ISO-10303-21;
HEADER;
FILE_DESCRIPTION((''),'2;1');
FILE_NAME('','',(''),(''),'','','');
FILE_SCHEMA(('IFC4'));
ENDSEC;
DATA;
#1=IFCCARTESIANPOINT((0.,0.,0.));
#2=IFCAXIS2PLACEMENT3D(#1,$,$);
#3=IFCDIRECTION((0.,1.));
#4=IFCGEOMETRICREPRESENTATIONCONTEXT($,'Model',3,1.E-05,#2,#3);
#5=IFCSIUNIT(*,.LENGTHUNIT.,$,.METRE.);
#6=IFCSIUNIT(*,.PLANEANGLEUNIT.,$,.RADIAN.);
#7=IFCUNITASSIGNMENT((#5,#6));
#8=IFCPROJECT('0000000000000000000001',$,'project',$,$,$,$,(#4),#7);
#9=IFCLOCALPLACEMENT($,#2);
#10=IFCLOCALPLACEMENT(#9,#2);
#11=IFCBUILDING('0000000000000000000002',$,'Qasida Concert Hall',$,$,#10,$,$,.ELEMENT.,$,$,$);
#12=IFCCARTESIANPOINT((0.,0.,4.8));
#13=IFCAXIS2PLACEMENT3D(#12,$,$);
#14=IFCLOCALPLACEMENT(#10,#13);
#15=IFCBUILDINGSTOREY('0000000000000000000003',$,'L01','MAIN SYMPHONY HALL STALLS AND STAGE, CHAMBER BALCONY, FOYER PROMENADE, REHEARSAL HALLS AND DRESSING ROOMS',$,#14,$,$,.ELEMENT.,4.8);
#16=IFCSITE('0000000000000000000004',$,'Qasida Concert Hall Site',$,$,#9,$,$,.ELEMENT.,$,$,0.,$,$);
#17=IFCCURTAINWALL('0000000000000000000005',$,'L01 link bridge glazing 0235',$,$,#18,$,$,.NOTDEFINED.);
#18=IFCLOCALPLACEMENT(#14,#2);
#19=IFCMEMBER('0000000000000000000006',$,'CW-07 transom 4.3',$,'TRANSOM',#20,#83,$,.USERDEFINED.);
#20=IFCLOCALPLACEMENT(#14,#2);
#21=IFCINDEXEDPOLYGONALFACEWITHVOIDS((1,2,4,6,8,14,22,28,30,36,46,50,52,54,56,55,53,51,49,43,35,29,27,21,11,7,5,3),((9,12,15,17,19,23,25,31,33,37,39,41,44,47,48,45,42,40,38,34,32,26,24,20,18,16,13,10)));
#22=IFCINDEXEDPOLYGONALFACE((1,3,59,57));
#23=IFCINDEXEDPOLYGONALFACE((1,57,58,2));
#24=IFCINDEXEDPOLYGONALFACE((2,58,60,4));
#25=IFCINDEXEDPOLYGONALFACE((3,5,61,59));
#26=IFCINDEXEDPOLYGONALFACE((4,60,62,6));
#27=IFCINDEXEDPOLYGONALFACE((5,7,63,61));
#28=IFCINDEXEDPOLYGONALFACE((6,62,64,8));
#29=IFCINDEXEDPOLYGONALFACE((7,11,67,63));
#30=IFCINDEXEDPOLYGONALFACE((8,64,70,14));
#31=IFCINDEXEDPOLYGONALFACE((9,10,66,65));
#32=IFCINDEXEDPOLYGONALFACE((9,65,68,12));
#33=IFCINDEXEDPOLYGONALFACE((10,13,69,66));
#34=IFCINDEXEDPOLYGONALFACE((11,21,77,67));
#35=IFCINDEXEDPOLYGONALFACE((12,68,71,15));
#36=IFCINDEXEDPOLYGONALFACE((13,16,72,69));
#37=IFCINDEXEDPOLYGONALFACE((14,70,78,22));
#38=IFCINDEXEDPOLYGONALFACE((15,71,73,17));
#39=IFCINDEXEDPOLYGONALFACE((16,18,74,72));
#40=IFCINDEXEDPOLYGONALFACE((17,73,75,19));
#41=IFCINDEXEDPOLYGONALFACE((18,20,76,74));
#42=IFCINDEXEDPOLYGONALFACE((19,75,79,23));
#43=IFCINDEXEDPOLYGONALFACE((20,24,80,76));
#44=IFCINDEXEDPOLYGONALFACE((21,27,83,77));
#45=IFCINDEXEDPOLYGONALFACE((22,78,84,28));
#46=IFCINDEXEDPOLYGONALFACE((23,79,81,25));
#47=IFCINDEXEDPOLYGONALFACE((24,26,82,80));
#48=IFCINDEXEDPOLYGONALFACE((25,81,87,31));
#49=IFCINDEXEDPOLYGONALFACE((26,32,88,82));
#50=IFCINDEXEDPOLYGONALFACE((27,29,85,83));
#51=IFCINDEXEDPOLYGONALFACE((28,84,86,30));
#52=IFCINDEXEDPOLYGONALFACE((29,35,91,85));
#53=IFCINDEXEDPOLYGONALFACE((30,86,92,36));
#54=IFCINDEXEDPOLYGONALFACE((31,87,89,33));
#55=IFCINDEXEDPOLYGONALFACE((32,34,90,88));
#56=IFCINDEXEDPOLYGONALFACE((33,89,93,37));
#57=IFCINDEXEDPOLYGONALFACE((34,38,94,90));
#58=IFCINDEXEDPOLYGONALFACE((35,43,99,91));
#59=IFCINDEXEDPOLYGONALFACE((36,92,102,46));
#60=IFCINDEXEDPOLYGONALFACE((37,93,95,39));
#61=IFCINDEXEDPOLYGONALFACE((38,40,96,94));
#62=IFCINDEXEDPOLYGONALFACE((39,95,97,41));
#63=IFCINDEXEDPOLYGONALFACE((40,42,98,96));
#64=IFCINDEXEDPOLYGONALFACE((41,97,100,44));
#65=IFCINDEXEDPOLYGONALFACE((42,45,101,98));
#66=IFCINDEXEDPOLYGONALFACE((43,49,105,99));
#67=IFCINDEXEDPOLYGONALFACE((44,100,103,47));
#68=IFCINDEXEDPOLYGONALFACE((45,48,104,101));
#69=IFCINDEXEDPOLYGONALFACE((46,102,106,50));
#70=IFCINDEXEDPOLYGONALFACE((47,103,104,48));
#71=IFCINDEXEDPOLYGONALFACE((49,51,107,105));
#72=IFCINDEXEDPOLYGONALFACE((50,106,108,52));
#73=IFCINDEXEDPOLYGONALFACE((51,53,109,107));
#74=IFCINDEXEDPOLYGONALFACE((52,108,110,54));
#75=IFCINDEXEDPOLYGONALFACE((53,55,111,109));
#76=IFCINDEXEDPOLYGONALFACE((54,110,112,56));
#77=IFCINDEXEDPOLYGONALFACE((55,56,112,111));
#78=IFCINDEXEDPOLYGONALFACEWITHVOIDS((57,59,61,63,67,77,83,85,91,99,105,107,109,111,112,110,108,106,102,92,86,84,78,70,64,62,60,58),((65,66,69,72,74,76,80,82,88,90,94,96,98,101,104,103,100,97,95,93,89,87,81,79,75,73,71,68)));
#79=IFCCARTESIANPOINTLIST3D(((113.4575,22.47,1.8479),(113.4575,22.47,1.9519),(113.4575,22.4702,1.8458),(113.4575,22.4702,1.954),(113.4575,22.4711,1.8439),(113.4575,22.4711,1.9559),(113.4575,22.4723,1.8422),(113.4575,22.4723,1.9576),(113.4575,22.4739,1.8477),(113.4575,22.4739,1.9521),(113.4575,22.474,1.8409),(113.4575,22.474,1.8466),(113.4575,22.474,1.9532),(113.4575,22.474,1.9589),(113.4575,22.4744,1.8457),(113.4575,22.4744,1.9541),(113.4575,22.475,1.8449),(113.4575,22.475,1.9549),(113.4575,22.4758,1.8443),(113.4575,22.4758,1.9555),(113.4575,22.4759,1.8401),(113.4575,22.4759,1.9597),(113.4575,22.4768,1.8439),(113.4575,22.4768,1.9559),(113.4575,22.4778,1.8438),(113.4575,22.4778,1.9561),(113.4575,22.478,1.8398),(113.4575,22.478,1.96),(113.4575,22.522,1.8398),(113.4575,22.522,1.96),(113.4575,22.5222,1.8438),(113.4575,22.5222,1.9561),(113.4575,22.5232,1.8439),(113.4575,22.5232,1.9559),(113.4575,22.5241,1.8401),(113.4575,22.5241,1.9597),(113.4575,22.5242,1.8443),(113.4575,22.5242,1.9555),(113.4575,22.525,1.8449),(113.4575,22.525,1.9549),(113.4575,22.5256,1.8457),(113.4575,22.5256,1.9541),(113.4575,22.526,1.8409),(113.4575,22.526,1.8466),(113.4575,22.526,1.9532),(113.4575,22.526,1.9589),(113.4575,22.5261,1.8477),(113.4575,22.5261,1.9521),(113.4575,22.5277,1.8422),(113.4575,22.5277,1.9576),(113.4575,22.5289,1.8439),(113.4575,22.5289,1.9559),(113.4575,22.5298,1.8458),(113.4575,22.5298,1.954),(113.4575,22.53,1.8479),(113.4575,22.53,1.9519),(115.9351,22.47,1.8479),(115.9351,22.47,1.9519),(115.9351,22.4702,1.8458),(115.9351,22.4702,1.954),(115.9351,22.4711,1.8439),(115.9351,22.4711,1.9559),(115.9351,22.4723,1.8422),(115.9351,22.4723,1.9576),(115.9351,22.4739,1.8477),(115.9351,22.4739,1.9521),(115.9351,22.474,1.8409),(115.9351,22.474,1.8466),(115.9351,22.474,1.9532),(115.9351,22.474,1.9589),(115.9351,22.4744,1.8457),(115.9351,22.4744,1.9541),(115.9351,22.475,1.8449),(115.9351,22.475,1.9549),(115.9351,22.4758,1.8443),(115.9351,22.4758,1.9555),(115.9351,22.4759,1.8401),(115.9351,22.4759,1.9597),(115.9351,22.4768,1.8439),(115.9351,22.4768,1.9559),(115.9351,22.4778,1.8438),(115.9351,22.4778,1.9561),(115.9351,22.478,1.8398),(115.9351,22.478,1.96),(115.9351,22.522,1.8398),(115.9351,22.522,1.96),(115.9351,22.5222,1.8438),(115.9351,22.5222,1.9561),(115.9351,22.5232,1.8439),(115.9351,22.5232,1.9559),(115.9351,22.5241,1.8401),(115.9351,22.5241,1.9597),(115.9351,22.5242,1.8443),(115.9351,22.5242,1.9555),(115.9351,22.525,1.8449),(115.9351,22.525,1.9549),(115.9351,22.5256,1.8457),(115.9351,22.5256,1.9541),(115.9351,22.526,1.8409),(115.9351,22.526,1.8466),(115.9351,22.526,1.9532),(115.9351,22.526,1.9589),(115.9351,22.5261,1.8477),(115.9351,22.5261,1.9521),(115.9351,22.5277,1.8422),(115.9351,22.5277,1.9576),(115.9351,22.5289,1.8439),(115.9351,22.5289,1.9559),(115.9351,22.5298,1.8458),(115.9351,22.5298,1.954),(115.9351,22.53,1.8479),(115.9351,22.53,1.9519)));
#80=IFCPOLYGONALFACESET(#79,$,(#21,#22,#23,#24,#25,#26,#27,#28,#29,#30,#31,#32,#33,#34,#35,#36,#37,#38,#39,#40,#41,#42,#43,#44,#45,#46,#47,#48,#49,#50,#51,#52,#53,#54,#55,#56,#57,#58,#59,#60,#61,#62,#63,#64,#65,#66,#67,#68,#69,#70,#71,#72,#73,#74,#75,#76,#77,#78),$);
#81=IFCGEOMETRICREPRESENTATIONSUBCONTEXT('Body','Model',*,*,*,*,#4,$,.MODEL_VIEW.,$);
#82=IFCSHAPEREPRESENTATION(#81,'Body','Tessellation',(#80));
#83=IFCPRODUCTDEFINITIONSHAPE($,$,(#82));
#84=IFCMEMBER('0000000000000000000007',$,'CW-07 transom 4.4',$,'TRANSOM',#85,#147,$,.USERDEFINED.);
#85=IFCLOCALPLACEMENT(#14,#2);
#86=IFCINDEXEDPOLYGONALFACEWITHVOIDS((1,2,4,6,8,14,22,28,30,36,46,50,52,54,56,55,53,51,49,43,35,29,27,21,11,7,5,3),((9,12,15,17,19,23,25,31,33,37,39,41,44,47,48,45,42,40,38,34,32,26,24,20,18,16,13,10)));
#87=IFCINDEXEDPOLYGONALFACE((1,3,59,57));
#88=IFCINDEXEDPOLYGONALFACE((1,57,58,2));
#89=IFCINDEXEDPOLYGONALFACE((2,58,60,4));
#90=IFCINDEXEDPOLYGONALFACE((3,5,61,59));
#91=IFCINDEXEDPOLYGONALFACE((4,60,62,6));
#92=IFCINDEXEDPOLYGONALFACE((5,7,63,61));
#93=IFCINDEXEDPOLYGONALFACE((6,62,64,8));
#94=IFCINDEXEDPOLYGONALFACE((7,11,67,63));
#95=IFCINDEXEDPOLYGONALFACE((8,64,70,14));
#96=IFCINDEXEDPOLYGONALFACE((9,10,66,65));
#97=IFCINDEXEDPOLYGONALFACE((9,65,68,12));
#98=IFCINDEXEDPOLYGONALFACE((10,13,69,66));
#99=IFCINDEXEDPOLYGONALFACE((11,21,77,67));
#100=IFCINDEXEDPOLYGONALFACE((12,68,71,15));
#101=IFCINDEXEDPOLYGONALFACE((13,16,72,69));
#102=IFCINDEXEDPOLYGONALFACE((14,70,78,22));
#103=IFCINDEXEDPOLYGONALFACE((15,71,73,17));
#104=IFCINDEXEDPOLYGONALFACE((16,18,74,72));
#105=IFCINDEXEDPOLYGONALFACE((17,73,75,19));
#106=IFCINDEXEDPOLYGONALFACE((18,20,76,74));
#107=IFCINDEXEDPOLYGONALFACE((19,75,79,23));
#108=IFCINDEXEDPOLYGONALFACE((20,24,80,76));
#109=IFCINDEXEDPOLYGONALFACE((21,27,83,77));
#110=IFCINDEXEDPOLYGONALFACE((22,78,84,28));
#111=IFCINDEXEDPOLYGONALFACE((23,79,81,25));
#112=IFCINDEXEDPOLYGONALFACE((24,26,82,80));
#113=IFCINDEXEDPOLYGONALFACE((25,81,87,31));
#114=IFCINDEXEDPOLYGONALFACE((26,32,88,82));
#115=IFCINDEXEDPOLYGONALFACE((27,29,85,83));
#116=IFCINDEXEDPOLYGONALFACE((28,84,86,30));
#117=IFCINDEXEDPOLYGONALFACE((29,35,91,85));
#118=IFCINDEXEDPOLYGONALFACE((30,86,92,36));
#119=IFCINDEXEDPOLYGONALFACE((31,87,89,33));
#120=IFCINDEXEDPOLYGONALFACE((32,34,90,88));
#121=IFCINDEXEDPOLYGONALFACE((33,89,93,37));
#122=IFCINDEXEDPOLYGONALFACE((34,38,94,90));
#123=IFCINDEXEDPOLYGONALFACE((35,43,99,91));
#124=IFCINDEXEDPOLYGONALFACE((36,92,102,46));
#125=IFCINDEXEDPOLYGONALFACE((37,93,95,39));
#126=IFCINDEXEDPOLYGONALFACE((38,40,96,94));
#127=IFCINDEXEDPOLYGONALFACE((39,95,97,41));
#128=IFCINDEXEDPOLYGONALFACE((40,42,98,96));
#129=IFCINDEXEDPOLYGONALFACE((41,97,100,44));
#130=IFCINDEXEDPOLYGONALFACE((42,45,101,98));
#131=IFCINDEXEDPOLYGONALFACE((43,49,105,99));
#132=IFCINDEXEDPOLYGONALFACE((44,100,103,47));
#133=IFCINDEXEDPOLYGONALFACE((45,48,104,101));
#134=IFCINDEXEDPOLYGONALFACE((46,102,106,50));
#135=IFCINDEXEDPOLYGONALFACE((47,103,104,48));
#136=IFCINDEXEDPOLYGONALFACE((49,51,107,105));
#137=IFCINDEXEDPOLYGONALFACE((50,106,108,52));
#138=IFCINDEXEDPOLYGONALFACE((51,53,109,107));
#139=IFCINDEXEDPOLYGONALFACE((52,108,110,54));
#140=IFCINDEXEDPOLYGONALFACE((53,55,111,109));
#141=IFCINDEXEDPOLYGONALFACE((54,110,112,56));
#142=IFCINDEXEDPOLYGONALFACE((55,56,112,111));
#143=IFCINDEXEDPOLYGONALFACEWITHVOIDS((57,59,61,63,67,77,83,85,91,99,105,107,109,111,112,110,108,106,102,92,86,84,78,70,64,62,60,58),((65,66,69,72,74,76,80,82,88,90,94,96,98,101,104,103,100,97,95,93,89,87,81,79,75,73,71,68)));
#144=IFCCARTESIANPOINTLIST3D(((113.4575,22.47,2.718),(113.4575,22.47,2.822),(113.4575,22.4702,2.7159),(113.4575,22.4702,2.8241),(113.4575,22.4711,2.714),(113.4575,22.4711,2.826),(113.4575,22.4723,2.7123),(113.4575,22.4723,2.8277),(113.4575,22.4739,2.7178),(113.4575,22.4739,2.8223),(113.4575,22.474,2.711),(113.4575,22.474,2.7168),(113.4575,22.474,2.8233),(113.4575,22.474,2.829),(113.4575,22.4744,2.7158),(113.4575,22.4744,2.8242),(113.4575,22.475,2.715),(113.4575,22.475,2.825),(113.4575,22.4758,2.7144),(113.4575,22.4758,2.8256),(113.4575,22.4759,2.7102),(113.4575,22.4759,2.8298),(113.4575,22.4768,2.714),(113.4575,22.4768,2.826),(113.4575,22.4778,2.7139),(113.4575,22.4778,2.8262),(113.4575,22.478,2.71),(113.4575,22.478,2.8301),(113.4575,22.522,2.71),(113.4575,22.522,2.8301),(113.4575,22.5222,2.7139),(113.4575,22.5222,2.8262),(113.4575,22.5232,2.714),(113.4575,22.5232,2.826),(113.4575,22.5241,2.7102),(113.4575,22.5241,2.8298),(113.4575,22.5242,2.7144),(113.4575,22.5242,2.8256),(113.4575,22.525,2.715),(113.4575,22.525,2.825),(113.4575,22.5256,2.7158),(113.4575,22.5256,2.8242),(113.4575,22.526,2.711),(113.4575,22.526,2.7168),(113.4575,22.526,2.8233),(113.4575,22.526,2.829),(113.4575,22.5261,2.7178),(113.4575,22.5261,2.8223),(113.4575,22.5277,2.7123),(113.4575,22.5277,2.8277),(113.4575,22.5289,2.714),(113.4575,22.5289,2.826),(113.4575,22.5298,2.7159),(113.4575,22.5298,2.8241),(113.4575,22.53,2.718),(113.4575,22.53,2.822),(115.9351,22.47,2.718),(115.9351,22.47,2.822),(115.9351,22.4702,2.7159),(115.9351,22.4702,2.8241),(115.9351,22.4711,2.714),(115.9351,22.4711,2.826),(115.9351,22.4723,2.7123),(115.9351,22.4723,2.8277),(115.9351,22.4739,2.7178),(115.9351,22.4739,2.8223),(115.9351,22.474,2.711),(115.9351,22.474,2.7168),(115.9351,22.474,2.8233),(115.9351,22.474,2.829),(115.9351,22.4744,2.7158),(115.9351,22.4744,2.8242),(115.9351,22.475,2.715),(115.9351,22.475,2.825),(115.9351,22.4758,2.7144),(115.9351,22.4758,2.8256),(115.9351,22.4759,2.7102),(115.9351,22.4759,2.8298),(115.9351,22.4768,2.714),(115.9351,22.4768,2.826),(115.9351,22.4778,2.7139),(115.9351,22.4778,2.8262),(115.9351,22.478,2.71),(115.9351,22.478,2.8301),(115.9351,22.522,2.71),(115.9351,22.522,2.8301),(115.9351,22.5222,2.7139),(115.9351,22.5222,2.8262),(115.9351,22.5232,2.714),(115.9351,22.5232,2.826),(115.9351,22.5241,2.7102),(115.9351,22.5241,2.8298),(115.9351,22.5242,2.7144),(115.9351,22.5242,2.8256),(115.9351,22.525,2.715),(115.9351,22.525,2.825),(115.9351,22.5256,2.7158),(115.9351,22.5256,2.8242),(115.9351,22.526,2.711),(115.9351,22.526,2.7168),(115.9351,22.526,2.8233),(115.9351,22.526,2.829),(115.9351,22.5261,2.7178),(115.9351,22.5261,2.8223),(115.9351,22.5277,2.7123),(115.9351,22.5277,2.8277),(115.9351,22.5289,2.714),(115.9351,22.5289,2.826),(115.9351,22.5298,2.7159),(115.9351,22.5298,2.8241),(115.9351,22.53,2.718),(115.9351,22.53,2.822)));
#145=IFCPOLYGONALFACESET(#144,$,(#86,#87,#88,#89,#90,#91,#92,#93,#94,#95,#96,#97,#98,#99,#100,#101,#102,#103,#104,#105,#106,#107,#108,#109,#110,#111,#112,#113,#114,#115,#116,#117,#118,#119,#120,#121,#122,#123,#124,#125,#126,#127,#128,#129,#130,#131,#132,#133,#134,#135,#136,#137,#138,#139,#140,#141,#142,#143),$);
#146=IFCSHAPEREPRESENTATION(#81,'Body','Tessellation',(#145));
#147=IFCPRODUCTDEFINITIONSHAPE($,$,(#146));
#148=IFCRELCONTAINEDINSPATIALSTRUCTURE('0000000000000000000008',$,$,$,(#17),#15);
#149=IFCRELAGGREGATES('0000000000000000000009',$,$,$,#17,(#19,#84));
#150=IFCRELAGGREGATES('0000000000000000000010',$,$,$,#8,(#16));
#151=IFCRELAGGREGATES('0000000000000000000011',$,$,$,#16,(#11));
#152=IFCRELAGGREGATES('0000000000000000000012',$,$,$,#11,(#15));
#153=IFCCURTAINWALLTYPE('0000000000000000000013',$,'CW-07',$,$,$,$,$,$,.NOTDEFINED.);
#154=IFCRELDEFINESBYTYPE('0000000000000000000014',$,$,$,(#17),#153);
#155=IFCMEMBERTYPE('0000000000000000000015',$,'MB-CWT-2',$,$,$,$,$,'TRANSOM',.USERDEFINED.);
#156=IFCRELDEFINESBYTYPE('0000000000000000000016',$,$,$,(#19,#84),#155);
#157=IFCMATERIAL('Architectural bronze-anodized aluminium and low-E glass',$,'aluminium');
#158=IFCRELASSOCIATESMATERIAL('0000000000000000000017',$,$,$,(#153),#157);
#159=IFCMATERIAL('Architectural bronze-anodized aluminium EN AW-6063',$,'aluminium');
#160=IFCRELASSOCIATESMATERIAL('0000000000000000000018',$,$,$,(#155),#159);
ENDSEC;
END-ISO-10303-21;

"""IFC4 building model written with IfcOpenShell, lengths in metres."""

from ifc_helpers import new_model, si_unit, direction, frame, origin, origin_2d, place, context, subcontext, project, spatial, hollow_rectangle, extrude, material, material_profile, profile_set, type_object, element, aggregate, save


model = new_model("IFC4")

# Units and contexts
model_context = context("Model", 3, precision=1e-05, world=origin(), true_north=direction((0.0, 1.0)))
body_context = subcontext(model_context, "Body", "Model", "MODEL_VIEW")
ifc_project = project(units=[si_unit("LENGTHUNIT", "METRE"), si_unit("PLANEANGLEUNIT", "RADIAN")], contexts=[model_context])

# Site, building, storey
site_placement = place(None, origin())
site = spatial("IfcSite", under=ifc_project, at=site_placement, Name="Qasida Concert Hall Site", CompositionType="ELEMENT", RefElevation=0.0)
building_placement = place(site_placement, origin())
building = spatial("IfcBuilding", under=site, at=building_placement, Name="Qasida Concert Hall", CompositionType="ELEMENT")
storey_placement = place(building_placement, frame((0.0, 0.0, 4.8)))
storey = spatial("IfcBuildingStorey", under=building, at=storey_placement, Name="L01", Description="MAIN SYMPHONY HALL STALLS AND STAGE, CHAMBER BALCONY, FOYER PROMENADE, REHEARSAL HALLS AND DRESSING ROOMS", CompositionType="ELEMENT", Elevation=4.8)

# Curtain wall
ifc_material_1 = material(Name="Architectural bronze-anodized aluminium and low-E glass", Category="aluminium")
curtain_wall_type = type_object("IfcCurtainWallType", Name="CW-07", PredefinedType="NOTDEFINED", material=ifc_material_1)
ifc_material_2 = material(Name="Architectural bronze-anodized aluminium EN AW-6063", Category="aluminium")
curtain_wall_1_placement = place(storey_placement, origin())
curtain_wall_1 = element("IfcCurtainWall", 1, at=curtain_wall_1_placement, inside=storey, type_object=curtain_wall_type, Name="L01 link bridge glazing 0235", PredefinedType="NOTDEFINED")

# Members
ifc_material_profile_1 = material_profile(ifc_material_2, hollow_rectangle(XDim=0.0601, YDim=0.1201, WallThickness=0.0039, InnerFilletRadius=0.0039, OuterFilletRadius=0.0081, at=origin_2d()), Name="CWT 120x60x4")
ifc_profile_set_1 = profile_set([ifc_material_profile_1], Name="Architectural bronze-anodized aluminium EN AW-6063")
member_type_1 = type_object("IfcMemberType", Name="MB-CWT-2", ElementType="TRANSOM", PredefinedType="USERDEFINED", material=ifc_profile_set_1)
member_1_placement = place(storey_placement, frame((113.4575, 22.5, 1.8999), z_axis=(1.0, 0.0, 0.0), x_axis=(0.0, 1.0, 0.0)))
member_1 = element("IfcMember", 2, at=member_1_placement, type_object=member_type_1, Name="CW-07 transom 4.3", ObjectType="TRANSOM", PredefinedType="USERDEFINED", context=body_context, shape_type="SweptSolid", body=[
    extrude(hollow_rectangle(XDim=0.0601, YDim=0.1201, WallThickness=0.0039, InnerFilletRadius=0.0039, OuterFilletRadius=0.0081, at=origin_2d()), origin(), (0.0, 0.0, 1.0), 2.4775),
])
member_2_placement = place(storey_placement, frame((113.4575, 22.5, 2.77), z_axis=(1.0, 0.0, 0.0), x_axis=(0.0, 1.0, 0.0)))
member_2 = element("IfcMember", 3, at=member_2_placement, type_object=member_type_1, Name="CW-07 transom 4.4", ObjectType="TRANSOM", PredefinedType="USERDEFINED", context=body_context, shape_type="SweptSolid", body=[
    extrude(hollow_rectangle(XDim=0.0601, YDim=0.1201, WallThickness=0.0039, InnerFilletRadius=0.0039, OuterFilletRadius=0.0081, at=origin_2d()), origin(), (0.0, 0.0, 1.0), 2.4775),
])

aggregate(curtain_wall_1, [member_1, member_2])

save(model, "model.ifc")
